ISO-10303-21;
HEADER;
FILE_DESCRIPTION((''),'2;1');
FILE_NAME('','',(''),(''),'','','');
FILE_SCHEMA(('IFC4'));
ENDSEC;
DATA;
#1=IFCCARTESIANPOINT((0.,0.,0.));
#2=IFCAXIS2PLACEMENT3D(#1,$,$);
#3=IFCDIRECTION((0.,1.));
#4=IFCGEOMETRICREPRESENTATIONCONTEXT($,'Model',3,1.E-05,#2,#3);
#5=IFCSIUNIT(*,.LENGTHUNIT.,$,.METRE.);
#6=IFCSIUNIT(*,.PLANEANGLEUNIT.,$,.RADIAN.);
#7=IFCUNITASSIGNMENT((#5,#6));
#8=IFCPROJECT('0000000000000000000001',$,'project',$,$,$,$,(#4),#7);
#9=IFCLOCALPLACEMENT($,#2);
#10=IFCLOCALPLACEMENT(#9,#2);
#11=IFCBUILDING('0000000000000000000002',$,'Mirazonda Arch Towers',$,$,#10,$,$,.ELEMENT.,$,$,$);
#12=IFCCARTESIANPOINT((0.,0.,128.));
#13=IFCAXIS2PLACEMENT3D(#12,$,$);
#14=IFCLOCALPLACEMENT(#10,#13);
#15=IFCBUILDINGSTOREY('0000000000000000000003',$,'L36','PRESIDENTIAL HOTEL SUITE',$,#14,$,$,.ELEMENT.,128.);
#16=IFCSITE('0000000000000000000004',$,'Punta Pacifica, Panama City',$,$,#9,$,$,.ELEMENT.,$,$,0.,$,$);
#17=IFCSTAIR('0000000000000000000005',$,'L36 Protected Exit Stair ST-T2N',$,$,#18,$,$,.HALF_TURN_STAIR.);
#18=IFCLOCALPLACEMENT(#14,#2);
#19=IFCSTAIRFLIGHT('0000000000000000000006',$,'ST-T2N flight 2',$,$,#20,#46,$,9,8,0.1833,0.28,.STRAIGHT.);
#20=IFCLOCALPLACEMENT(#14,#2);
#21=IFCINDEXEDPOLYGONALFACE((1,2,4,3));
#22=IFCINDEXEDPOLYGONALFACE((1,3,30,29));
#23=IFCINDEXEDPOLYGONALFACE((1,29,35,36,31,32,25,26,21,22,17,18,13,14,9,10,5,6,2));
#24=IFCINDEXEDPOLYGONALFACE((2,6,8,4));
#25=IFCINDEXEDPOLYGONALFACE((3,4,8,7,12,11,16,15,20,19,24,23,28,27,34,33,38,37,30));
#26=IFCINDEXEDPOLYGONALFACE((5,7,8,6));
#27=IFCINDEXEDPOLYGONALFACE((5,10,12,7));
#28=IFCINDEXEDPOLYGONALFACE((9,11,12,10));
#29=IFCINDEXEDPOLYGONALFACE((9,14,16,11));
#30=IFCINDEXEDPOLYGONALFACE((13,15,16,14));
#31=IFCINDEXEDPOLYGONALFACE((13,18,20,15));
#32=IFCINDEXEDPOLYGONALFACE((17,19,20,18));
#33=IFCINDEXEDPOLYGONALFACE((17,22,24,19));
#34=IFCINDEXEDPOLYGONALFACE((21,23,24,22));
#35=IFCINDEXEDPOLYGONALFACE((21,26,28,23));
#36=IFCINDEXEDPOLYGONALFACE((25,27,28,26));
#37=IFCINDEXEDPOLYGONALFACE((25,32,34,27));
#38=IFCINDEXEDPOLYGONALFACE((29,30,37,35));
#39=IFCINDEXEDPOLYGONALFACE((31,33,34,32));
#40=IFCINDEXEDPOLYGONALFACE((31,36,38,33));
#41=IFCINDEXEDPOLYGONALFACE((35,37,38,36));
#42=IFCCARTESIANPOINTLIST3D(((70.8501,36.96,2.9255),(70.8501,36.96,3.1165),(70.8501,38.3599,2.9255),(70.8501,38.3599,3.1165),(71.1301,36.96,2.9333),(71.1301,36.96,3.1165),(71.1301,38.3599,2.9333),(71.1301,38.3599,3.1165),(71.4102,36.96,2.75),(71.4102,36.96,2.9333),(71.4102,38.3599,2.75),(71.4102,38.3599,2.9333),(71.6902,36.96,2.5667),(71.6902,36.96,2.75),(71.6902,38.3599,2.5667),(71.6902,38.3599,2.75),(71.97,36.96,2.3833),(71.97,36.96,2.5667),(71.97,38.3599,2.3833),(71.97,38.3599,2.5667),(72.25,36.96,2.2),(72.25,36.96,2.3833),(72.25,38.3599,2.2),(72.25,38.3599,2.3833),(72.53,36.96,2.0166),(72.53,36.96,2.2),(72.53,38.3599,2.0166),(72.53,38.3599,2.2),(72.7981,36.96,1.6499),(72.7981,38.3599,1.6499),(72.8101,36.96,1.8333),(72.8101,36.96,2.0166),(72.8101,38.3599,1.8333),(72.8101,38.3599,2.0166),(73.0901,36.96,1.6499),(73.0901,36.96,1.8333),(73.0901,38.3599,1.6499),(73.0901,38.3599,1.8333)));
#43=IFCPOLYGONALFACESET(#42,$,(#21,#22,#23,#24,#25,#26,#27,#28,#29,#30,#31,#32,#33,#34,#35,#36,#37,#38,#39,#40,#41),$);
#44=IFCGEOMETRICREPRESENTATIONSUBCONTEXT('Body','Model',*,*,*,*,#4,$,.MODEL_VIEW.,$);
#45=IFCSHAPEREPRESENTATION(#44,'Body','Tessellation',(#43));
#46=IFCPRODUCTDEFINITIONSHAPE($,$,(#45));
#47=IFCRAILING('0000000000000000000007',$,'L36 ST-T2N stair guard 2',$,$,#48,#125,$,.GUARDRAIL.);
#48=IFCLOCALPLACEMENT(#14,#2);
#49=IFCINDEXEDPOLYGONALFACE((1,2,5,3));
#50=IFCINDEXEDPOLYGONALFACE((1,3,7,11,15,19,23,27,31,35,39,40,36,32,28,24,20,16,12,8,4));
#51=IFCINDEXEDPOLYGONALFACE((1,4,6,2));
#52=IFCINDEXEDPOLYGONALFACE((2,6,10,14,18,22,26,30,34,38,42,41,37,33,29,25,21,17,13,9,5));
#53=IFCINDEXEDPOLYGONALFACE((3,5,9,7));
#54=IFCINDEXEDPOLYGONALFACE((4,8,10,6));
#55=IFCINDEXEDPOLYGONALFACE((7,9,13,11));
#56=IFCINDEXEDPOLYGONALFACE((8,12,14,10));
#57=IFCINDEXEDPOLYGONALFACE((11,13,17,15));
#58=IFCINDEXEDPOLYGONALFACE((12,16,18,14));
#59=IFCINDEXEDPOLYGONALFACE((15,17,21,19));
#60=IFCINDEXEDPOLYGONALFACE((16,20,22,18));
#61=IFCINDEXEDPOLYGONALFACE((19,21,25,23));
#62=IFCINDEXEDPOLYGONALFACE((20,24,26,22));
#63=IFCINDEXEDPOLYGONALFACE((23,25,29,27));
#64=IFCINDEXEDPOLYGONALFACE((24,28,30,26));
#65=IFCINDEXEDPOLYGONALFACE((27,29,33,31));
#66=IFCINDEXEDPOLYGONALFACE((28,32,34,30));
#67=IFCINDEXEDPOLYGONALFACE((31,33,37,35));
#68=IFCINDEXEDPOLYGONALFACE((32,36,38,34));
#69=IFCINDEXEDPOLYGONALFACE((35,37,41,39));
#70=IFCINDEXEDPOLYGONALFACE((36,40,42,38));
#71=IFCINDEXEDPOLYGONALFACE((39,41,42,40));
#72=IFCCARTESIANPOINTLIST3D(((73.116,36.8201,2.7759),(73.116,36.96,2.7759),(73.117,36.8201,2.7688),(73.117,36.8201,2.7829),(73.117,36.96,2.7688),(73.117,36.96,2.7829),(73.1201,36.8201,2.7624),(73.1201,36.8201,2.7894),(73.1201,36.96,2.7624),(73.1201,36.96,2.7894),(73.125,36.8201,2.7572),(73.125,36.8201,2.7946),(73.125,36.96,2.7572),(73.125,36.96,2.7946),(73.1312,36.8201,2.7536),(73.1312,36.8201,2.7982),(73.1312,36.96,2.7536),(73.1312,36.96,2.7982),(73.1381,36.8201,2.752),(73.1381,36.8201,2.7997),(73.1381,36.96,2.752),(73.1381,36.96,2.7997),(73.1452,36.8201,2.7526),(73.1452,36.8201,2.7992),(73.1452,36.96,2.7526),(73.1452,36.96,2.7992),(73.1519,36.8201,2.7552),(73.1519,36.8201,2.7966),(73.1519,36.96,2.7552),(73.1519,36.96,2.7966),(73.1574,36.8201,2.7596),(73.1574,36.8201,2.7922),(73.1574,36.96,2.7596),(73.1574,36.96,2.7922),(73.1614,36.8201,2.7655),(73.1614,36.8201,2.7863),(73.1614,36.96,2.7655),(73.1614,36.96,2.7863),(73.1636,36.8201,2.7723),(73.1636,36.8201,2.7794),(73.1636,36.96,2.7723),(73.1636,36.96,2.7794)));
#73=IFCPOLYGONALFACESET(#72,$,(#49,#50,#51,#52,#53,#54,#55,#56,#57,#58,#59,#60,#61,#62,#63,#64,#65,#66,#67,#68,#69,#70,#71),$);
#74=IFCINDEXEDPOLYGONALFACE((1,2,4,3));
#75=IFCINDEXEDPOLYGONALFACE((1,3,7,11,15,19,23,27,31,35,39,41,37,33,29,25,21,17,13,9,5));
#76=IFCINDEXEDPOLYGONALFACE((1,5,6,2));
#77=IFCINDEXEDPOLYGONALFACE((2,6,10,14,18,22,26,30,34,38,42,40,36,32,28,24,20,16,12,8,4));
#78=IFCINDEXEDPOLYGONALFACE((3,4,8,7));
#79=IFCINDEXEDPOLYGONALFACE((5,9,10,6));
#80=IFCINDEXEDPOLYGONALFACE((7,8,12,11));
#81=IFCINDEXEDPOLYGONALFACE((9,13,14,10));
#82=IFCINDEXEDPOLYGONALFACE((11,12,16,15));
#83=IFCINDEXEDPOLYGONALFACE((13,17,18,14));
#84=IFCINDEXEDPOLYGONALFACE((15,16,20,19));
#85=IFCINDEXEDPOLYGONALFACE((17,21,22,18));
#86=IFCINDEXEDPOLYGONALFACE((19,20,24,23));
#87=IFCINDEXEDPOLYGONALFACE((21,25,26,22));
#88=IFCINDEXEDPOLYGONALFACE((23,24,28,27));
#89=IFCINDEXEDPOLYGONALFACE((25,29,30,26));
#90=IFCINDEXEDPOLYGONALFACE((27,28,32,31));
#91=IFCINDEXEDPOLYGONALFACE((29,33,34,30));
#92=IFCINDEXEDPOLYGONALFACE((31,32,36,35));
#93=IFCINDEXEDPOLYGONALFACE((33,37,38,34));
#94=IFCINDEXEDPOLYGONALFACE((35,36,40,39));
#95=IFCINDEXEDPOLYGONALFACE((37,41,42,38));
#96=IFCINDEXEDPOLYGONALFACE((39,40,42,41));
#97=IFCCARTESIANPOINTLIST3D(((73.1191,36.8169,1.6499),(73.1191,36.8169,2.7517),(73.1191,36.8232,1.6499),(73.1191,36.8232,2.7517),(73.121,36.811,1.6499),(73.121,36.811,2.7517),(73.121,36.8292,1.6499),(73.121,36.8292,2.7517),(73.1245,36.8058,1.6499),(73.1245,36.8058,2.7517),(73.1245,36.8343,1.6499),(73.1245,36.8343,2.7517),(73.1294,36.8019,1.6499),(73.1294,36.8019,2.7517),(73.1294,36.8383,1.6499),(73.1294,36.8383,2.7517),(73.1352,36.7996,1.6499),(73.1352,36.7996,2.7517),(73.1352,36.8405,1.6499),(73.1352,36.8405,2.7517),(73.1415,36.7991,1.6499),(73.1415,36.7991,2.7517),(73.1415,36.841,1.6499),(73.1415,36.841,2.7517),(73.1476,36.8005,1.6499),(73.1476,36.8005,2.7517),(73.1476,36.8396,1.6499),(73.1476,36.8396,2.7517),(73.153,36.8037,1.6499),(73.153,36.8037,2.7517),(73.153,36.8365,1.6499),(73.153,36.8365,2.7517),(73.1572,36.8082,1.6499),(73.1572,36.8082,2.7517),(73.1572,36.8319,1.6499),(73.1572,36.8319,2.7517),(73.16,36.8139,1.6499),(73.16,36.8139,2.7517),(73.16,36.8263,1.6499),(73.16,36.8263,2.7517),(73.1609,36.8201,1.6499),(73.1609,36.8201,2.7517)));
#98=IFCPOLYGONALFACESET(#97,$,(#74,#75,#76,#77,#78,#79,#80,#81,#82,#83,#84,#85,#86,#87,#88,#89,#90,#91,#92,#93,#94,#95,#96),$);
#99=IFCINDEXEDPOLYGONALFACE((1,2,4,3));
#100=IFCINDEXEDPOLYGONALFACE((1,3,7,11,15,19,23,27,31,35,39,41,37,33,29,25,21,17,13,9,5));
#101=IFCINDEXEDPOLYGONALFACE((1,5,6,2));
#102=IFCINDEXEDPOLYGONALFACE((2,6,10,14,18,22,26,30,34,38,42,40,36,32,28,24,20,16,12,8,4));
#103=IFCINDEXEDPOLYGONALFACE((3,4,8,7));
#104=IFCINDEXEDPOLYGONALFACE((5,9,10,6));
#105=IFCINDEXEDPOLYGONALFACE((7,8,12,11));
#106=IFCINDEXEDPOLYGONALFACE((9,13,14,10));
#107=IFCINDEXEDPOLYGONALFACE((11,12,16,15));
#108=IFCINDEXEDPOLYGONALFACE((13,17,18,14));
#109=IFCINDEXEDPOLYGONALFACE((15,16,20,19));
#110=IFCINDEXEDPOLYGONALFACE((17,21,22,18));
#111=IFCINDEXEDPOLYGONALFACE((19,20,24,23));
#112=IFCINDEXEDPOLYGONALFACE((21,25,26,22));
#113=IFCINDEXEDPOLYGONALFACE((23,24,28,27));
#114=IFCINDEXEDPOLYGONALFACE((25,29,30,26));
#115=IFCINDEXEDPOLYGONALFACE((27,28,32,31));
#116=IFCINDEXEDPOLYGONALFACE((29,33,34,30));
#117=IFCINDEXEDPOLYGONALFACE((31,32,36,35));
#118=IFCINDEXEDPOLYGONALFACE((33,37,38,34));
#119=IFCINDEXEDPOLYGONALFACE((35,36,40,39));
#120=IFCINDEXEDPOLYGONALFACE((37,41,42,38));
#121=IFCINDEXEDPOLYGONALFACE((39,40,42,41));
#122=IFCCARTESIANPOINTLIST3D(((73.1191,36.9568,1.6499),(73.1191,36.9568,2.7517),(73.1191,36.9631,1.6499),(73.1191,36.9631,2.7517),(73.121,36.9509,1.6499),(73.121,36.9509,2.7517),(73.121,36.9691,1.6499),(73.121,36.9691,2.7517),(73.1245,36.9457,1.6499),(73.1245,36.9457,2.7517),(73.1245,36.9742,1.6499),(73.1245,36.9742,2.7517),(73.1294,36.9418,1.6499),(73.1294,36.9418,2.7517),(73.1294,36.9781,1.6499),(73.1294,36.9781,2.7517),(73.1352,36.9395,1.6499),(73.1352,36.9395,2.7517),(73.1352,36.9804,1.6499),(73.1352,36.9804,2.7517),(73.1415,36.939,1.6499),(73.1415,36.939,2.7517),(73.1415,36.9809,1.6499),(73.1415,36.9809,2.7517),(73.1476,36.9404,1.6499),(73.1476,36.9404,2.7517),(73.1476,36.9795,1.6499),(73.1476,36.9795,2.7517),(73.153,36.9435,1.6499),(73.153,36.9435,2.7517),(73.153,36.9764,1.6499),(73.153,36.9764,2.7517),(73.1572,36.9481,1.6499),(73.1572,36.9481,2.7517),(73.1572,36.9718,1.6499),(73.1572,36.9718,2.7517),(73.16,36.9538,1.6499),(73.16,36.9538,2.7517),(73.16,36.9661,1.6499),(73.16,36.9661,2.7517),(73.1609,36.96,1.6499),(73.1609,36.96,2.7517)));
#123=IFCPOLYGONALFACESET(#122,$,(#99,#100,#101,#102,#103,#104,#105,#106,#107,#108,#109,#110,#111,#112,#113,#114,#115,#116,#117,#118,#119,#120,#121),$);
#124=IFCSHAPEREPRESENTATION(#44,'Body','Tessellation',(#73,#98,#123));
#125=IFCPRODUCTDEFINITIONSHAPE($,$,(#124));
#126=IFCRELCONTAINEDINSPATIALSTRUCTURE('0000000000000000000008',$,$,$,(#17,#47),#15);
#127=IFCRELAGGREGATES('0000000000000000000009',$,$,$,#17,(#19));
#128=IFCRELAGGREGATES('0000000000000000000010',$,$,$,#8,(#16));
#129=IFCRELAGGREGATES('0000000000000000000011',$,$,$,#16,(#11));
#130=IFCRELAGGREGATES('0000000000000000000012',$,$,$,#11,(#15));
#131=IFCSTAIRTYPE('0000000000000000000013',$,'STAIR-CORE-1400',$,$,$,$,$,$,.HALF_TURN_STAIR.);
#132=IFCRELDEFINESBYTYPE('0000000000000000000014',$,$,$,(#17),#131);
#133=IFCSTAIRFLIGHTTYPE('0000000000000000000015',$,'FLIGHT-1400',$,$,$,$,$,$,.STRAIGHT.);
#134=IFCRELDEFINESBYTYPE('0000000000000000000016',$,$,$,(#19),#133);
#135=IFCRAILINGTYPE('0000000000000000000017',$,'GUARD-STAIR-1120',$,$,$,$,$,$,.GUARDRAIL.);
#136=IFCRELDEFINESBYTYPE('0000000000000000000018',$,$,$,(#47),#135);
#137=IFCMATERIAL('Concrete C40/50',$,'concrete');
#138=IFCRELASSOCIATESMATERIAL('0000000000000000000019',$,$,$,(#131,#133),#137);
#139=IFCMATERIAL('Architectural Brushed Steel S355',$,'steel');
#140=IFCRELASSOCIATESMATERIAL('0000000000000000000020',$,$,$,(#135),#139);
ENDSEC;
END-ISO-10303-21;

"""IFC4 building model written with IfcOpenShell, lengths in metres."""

from ifc_helpers import new_model, si_unit, direction, frame, origin, origin_2d, place, context, subcontext, project, spatial, polyline, circle, outline, extrude, material, type_object, element, aggregate, save


model = new_model("IFC4")

# Units and contexts
model_context = context("Model", 3, precision=1e-05, world=origin(), true_north=direction((0.0, 1.0)))
body_context = subcontext(model_context, "Body", "Model", "MODEL_VIEW")
ifc_project = project(units=[si_unit("LENGTHUNIT", "METRE"), si_unit("PLANEANGLEUNIT", "RADIAN")], contexts=[model_context])

# Site, building, storey
site_placement = place(None, origin())
site = spatial("IfcSite", under=ifc_project, at=site_placement, Name="Punta Pacifica, Panama City", CompositionType="ELEMENT", RefElevation=0.0)
building_placement = place(site_placement, origin())
building = spatial("IfcBuilding", under=site, at=building_placement, Name="Mirazonda Arch Towers", CompositionType="ELEMENT")
storey_placement = place(building_placement, frame((0.0, 0.0, 128.0)))
storey = spatial("IfcBuildingStorey", under=building, at=storey_placement, Name="L36", Description="PRESIDENTIAL HOTEL SUITE", CompositionType="ELEMENT", Elevation=128.0)

# Shared definitions
ifc_material_1 = material(Name="Concrete C40/50", Category="concrete")

# Stair, stair flight
stair_type = type_object("IfcStairType", Name="STAIR-CORE-1400", PredefinedType="HALF_TURN_STAIR", material=ifc_material_1)
stair_placement = place(storey_placement, origin())
stair = element("IfcStair", 1, at=stair_placement, inside=storey, type_object=stair_type, Name="L36 Protected Exit Stair ST-T2N", PredefinedType="HALF_TURN_STAIR")
stair_flight_type = type_object("IfcStairFlightType", Name="FLIGHT-1400", PredefinedType="STRAIGHT", material=ifc_material_1)
stair_flight_placement = place(storey_placement, frame((73.0901, 37.6599, 1.6499), z_axis=(0.0, 0.0, 1.0), x_axis=(-1.0, 0.0, 0.0)))
stair_flight = element("IfcStairFlight", 2, at=stair_flight_placement, type_object=stair_flight_type, Name="ST-T2N flight 2", NumberOfRisers=9, NumberOfTreads=8, PredefinedType="STRAIGHT", RiserHeight=0.1833, TreadLength=0.28, context=body_context, shape_type="SweptSolid", body=[
    extrude(outline(polyline([(0.0, 0.0), (0.0, 0.1833), (0.28, 0.1833), (0.28, 0.3667), (0.5601, 0.3667), (0.5601, 0.55), (0.8401, 0.55), (0.8401, 0.7334), (1.1201, 0.7334), (1.1201, 0.9167), (1.3999, 0.9167), (1.3999, 1.1001), (1.6799, 1.1001), (1.6799, 1.2834), (1.96, 1.2834), (1.96, 1.4666), (2.24, 1.4666), (2.24, 1.6499), (2.24, 1.2756), (0.292, 0.0), (0.0, 0.0)])), frame((0.0, 0.7, 0.0), z_axis=(0.0, -1.0, 0.0), x_axis=(1.0, 0.0, 0.0)), (0.0, 0.0, 1.0), 1.3999),
])
aggregate(stair, [stair_flight])

# Railing
ifc_material_2 = material(Name="Architectural Brushed Steel S355", Category="steel")
railing_type_1 = type_object("IfcRailingType", Name="GUARD-STAIR-1120", PredefinedType="GUARDRAIL", material=ifc_material_2)
railing_1_placement = place(storey_placement, frame((73.1399, 36.8201, 1.6499)))
element("IfcRailing", 3, at=railing_1_placement, inside=storey, type_object=railing_type_1, Name="L36 ST-T2N stair guard 2", PredefinedType="GUARDRAIL", context=body_context, shape_type="SweptSolid", body=[
    extrude(circle(Radius=0.0239, at=origin_2d()), frame((0.0, 0.0, 1.126), z_axis=(0.0, 1.0, 0.0), x_axis=(-1.0, 0.0, 0.0)), (0.0, 0.0, 1.0), 0.1399),
    extrude(circle(Radius=0.021, at=origin_2d()), origin(), (0.0, 0.0, 1.0), 1.1018),
    extrude(circle(Radius=0.021, at=origin_2d()), frame((0.0, 0.1399, 0.0)), (0.0, 0.0, 1.0), 1.1018),
])

save(model, "model.ifc")
